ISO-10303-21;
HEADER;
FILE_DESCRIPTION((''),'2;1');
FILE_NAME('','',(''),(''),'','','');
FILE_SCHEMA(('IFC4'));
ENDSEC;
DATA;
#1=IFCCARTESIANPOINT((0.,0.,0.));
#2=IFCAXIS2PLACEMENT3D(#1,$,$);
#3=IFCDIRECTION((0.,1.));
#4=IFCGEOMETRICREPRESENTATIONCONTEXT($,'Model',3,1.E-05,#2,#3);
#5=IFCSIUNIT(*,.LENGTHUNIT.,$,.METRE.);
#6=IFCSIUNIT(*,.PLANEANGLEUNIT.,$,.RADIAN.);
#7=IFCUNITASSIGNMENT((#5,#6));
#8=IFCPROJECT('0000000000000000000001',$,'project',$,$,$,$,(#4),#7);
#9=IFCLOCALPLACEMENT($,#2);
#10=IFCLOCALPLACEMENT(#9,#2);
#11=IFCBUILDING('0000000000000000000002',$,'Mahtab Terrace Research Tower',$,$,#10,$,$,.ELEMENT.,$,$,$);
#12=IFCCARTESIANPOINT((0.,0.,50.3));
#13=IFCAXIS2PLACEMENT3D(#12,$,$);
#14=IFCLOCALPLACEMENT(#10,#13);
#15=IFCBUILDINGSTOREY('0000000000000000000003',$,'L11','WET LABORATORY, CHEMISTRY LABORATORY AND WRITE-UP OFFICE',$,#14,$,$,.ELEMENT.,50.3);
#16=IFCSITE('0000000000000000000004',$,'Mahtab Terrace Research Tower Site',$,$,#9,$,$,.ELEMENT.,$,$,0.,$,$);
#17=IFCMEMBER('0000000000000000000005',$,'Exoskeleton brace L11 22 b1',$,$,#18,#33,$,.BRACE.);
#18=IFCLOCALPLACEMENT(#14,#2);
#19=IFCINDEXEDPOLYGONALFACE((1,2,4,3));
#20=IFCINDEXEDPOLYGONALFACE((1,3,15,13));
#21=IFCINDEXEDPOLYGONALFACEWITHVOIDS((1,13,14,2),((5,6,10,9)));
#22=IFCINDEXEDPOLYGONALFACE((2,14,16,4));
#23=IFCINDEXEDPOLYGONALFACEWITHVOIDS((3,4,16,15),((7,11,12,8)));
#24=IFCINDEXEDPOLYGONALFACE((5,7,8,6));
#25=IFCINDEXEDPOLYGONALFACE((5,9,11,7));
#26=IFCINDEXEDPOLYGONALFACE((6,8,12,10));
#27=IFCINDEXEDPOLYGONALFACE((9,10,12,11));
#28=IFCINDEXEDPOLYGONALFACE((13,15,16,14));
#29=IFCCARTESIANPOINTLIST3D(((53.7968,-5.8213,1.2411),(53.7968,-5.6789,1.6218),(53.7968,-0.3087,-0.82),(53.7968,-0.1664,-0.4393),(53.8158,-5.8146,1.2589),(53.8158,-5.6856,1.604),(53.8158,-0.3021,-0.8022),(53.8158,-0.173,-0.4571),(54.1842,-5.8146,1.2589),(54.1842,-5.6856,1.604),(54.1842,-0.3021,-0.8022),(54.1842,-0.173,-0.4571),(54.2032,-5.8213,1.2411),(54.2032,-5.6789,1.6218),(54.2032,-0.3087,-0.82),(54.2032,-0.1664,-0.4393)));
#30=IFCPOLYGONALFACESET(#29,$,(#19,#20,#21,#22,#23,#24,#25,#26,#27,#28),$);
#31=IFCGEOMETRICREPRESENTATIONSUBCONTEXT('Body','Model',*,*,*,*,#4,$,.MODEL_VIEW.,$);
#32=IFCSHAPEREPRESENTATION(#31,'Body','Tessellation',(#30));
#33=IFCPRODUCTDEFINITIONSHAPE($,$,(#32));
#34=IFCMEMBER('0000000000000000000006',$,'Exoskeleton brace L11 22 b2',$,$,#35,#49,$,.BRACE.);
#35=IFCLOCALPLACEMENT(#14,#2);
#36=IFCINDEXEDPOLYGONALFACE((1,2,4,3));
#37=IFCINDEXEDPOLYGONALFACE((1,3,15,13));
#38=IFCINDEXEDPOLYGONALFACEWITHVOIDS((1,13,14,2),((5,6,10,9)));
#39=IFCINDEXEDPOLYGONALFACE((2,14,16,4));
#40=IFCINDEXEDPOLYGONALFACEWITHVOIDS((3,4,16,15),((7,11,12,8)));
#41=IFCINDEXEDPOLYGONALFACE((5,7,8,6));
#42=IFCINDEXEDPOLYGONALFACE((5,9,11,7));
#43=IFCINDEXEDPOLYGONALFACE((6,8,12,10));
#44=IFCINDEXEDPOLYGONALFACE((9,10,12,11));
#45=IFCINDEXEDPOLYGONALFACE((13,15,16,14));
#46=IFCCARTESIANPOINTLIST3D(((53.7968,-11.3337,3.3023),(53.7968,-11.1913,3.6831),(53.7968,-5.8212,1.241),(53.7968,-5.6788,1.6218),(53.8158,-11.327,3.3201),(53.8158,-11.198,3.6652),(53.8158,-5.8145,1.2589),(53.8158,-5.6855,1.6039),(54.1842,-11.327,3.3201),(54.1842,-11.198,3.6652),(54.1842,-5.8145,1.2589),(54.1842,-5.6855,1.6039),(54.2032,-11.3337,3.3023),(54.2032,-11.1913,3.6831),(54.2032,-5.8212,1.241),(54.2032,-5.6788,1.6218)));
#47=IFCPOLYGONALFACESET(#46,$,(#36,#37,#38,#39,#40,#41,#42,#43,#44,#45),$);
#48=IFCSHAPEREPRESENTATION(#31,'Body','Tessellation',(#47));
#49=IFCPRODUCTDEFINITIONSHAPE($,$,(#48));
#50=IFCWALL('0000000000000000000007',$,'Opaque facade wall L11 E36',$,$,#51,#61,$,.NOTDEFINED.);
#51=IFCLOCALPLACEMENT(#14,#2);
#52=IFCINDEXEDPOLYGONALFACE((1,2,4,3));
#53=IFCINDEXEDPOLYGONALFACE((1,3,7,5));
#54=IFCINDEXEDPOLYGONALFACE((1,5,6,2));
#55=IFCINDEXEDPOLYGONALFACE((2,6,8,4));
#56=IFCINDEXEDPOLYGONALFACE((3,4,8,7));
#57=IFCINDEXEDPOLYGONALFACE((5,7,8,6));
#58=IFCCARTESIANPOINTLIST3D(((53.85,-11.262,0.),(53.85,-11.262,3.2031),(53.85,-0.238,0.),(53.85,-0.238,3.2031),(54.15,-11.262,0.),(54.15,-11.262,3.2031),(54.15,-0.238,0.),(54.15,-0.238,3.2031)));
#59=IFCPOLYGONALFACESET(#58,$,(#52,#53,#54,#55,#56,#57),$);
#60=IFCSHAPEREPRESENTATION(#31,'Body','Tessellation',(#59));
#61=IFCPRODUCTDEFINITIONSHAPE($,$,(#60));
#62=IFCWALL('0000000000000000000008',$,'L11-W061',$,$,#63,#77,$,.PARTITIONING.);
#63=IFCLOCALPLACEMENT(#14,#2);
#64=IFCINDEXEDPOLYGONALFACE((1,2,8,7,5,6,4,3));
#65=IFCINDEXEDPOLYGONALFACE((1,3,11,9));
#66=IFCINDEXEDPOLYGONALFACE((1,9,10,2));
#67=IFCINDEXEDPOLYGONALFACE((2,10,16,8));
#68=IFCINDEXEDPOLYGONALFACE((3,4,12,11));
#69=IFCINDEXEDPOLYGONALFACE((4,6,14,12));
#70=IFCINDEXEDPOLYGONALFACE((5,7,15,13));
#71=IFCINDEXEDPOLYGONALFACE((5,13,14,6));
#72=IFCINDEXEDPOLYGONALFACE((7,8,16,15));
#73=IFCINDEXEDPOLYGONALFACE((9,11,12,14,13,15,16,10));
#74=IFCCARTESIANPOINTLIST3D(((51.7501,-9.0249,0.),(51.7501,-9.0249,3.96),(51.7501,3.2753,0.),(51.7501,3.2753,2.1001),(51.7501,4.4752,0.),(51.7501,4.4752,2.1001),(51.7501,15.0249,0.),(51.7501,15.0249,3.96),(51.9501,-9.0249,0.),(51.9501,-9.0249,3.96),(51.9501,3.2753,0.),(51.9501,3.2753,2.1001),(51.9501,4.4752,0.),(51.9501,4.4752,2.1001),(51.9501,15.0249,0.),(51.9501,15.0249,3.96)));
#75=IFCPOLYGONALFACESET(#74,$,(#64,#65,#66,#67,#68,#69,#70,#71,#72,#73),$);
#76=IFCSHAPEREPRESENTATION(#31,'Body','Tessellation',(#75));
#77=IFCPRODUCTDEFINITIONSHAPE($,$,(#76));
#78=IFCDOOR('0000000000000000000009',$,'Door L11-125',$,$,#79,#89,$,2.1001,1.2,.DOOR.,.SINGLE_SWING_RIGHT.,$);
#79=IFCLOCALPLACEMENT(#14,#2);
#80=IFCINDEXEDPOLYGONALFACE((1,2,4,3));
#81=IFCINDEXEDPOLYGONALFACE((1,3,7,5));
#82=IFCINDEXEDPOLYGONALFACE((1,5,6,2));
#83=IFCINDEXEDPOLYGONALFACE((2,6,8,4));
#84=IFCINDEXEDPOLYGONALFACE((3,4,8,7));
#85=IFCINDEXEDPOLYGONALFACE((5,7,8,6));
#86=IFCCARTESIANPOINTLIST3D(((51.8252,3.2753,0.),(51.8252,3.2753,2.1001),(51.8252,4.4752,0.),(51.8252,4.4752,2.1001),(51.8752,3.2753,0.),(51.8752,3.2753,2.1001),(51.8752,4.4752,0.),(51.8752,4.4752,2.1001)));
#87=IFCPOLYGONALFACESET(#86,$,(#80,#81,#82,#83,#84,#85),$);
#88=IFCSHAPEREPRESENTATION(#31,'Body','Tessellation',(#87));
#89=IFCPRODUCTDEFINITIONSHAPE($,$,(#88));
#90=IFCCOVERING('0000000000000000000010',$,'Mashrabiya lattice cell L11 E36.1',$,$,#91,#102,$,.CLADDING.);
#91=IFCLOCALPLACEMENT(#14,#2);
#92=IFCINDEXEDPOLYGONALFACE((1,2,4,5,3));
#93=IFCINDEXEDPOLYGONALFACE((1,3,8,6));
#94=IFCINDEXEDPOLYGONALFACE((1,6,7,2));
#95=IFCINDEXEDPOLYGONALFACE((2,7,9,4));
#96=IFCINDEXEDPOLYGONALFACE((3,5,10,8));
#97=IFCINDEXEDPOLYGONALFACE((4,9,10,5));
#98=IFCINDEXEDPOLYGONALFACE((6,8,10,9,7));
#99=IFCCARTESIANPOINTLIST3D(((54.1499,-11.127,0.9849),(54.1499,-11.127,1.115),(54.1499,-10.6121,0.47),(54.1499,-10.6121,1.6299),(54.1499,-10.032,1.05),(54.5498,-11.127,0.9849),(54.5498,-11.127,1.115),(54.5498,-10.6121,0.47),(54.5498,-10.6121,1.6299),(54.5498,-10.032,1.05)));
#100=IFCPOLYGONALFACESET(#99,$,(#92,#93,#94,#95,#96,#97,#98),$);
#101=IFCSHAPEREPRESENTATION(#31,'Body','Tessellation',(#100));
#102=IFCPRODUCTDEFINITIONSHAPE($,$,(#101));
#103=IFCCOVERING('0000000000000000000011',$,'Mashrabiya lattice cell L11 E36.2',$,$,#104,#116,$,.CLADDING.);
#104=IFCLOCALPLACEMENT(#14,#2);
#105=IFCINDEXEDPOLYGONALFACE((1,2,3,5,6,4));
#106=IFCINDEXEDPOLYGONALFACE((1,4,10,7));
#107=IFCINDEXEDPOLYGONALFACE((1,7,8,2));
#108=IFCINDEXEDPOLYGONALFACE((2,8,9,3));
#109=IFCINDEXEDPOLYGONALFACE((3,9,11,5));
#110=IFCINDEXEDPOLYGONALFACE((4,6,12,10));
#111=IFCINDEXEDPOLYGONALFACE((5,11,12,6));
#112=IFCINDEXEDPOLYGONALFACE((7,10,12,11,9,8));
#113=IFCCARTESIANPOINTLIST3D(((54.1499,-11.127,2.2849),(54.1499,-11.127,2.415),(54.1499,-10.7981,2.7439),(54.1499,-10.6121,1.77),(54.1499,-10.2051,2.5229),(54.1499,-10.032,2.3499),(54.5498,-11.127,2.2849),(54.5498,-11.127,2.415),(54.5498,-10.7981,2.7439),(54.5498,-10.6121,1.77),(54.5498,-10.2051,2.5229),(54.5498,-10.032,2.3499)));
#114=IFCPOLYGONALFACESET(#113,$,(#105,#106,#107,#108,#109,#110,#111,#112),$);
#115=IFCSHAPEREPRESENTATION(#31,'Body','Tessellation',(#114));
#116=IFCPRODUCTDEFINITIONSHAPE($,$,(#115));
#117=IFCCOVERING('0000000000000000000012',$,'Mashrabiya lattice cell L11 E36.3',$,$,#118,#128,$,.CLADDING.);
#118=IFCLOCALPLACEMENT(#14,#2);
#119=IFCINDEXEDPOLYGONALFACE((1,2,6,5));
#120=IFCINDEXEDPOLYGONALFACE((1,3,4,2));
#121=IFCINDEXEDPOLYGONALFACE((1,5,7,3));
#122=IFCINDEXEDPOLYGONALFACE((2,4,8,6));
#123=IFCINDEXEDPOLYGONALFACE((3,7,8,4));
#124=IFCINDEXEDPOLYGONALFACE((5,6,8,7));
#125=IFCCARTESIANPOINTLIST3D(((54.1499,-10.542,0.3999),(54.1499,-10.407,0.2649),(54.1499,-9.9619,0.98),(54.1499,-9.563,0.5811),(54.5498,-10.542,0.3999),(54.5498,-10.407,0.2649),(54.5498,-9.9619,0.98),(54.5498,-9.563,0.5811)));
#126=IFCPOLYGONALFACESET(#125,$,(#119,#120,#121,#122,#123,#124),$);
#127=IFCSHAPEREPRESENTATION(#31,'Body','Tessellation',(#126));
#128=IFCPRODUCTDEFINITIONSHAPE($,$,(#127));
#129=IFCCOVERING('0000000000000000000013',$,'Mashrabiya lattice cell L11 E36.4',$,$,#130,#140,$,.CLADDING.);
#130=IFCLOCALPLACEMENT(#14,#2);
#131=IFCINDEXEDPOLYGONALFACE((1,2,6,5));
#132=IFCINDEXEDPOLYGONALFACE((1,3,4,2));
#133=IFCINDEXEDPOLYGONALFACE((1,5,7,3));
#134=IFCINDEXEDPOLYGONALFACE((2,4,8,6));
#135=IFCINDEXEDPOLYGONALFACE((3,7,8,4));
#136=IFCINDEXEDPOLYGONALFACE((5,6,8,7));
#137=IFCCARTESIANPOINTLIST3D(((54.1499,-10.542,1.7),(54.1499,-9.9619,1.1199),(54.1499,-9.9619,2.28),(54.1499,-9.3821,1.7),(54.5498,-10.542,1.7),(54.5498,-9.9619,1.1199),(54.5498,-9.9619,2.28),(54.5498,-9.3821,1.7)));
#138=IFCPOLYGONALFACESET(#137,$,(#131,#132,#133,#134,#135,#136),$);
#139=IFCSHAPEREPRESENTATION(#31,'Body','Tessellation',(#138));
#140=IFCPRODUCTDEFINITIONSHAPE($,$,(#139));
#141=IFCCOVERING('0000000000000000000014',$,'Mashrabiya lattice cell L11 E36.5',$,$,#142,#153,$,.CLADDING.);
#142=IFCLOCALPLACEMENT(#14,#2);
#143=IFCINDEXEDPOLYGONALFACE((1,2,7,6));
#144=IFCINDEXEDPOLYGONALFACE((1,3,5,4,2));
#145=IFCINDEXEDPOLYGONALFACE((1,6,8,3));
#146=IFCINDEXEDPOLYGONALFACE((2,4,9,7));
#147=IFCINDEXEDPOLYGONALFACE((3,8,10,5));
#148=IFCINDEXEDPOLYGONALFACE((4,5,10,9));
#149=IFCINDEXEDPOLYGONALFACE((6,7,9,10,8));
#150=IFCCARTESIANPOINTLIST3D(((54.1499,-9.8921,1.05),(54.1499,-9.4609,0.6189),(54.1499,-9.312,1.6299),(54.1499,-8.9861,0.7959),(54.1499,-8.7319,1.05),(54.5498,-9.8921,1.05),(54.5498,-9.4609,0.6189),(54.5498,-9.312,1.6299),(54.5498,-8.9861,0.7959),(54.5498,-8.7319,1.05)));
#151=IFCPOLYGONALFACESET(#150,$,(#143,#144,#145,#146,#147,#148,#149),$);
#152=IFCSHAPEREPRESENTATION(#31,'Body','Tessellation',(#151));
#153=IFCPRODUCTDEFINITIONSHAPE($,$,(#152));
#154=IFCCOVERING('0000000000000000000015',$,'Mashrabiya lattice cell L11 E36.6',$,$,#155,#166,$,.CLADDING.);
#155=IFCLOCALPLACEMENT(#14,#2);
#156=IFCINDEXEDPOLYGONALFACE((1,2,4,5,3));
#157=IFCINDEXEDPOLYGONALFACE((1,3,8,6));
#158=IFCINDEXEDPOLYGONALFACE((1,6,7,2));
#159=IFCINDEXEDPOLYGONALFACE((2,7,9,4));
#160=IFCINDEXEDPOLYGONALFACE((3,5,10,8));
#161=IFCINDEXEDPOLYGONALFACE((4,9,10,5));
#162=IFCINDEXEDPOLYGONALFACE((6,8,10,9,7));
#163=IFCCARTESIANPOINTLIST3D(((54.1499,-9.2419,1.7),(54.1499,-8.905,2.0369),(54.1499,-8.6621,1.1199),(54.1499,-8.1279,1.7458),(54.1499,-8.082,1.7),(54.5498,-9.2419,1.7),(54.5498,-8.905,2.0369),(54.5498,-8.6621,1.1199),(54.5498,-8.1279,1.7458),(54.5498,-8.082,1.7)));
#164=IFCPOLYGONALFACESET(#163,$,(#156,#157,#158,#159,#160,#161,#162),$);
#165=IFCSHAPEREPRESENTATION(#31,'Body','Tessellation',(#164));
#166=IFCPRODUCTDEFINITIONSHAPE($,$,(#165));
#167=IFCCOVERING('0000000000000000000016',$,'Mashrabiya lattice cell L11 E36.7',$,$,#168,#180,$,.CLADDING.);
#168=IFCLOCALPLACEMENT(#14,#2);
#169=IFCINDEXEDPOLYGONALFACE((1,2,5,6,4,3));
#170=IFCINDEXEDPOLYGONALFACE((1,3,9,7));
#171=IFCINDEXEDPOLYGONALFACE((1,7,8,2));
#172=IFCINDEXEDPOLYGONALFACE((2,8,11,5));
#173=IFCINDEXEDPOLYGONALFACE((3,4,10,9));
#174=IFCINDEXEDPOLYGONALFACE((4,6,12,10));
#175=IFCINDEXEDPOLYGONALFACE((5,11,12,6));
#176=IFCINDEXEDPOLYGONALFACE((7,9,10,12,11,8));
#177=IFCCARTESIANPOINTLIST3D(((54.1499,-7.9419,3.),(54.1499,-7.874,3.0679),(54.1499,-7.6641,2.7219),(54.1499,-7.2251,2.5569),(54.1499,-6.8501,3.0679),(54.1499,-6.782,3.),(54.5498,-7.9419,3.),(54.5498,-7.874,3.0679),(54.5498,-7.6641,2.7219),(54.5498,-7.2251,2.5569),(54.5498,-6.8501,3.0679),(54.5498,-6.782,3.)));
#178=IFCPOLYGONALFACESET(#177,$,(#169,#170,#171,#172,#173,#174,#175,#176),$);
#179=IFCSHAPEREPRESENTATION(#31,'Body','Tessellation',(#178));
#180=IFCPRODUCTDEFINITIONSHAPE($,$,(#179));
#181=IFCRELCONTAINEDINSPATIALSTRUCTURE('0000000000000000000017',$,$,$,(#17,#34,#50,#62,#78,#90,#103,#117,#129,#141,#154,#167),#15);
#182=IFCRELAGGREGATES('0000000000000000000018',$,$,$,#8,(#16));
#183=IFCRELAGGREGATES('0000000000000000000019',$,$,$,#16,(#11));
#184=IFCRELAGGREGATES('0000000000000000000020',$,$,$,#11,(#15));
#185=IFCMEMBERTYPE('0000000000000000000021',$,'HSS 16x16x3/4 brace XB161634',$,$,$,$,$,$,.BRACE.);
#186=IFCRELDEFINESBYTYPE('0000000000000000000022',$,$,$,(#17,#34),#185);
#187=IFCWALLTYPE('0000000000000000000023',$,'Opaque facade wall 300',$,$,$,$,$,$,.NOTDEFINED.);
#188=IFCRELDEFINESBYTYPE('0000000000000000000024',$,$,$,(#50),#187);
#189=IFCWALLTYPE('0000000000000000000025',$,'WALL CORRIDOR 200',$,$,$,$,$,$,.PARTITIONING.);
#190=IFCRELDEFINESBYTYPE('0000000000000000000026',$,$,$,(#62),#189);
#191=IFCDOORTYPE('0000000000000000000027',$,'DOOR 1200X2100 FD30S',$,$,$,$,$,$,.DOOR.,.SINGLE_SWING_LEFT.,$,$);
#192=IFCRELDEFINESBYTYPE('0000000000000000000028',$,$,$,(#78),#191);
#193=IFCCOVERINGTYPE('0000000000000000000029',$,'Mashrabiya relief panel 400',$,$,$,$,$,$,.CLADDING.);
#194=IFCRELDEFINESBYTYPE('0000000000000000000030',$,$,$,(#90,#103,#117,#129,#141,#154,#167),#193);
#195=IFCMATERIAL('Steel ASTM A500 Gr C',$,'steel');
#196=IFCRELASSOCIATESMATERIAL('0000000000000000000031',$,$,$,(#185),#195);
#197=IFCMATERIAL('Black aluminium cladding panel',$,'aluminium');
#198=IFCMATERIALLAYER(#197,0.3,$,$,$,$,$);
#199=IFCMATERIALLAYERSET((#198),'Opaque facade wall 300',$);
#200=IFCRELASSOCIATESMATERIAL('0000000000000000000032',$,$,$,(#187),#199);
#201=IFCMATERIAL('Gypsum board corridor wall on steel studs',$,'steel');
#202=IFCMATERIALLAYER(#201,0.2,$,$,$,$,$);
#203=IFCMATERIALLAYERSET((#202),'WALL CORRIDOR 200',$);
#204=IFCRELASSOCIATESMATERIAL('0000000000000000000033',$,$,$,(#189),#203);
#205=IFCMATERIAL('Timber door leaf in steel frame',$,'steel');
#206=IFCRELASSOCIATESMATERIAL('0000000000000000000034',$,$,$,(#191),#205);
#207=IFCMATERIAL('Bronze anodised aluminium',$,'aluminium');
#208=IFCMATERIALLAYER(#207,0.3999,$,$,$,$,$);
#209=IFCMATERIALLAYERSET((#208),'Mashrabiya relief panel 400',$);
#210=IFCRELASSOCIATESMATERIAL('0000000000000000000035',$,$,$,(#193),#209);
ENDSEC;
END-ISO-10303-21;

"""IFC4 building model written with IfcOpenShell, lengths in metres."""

from ifc_helpers import new_model, si_unit, direction, frame, frame_2d, origin, origin_2d, place, context, subcontext, project, spatial, polyline, rectangle, hollow_rectangle, outline, extrude, material, layer, layer_set, material_profile, profile_set, type_object, element, fill, save


model = new_model("IFC4")

# Units and contexts
model_context = context("Model", 3, precision=1e-05, world=origin(), true_north=direction((0.0, 1.0)))
body_context = subcontext(model_context, "Body", "Model", "MODEL_VIEW")
ifc_project = project(units=[si_unit("LENGTHUNIT", "METRE"), si_unit("PLANEANGLEUNIT", "RADIAN")], contexts=[model_context])

# Site, building, storey
site_placement = place(None, origin())
site = spatial("IfcSite", under=ifc_project, at=site_placement, Name="Mahtab Terrace Research Tower Site", CompositionType="ELEMENT", RefElevation=0.0)
building_placement = place(site_placement, origin())
building = spatial("IfcBuilding", under=site, at=building_placement, Name="Mahtab Terrace Research Tower", CompositionType="ELEMENT")
storey_placement = place(building_placement, frame((0.0, 0.0, 50.3)))
storey = spatial("IfcBuildingStorey", under=building, at=storey_placement, Name="L11", Description="WET LABORATORY, CHEMISTRY LABORATORY AND WRITE-UP OFFICE", CompositionType="ELEMENT", Elevation=50.3)

# Members
ifc_material_1 = material(Name="Steel ASTM A500 Gr C", Category="steel")
ifc_material_profile = material_profile(ifc_material_1, hollow_rectangle(XDim=0.4065, YDim=0.4065, WallThickness=0.019, at=origin_2d()), Name="HSS16X16X3/4")
ifc_profile_set = profile_set([ifc_material_profile], Name="Steel ASTM A500 Gr C")
member_type = type_object("IfcMemberType", Name="HSS 16x16x3/4 brace XB161634", PredefinedType="BRACE", material=ifc_profile_set)
for number, where, z_axis, x_axis, name in (
    (1, (54.0, -0.2375, -0.6296), (0.0, -0.936671, 0.350209), (1.0, 0.0, 0.0), "Exoskeleton brace L11 22 b1"),
    (2, (54.0, -5.75, 1.4314), (0.0, -0.936658, 0.350246), (1.0, 0.0, 0.0), "Exoskeleton brace L11 22 b2"),
):
    element("IfcMember", number, at=place(storey_placement, frame(where, z_axis=z_axis, x_axis=x_axis)), inside=storey, type_object=member_type, Name=name, PredefinedType="BRACE", context=body_context, shape_type="SweptSolid", body=[
        extrude(hollow_rectangle(XDim=0.4065, YDim=0.4065, WallThickness=0.019, at=origin_2d()), origin(), (0.0, 0.0, 1.0), 5.8853),
    ])

# Wall
ifc_material_2 = material(Name="Black aluminium cladding panel", Category="aluminium")
ifc_layer_1 = layer(ifc_material_2, 0.3)
ifc_layer_set_1 = layer_set([ifc_layer_1], Name="Opaque facade wall 300")
wall_type_1 = type_object("IfcWallType", Name="Opaque facade wall 300", PredefinedType="NOTDEFINED", material=ifc_layer_set_1)
wall_1_placement = place(storey_placement, frame((54.0, -11.262, 0.0), z_axis=(0.0, 0.0, 1.0), x_axis=(0.0, 1.0, 0.0)))
element("IfcWall", 3, at=wall_1_placement, inside=storey, type_object=wall_type_1, Name="Opaque facade wall L11 E36", PredefinedType="NOTDEFINED", context=body_context, shape_type="SweptSolid", body=[
    extrude(rectangle(XDim=11.0239, YDim=0.3, at=frame_2d((5.512, 0.0))), origin(), (0.0, 0.0, 1.0), 3.2031),
])

# Wall, opening, door
ifc_material_3 = material(Name="Gypsum board corridor wall on steel studs", Category="steel")
ifc_layer_2 = layer(ifc_material_3, 0.2)
ifc_layer_set_2 = layer_set([ifc_layer_2], Name="WALL CORRIDOR 200")
wall_type_2 = type_object("IfcWallType", Name="WALL CORRIDOR 200", PredefinedType="PARTITIONING", material=ifc_layer_set_2)
wall_2_placement = place(storey_placement, frame((51.8501, -9.0249, 0.0), z_axis=(0.0, 0.0, 1.0), x_axis=(0.0, 1.0, 0.0)))
wall_2 = element("IfcWall", 4, at=wall_2_placement, inside=storey, type_object=wall_type_2, Name="L11-W061", PredefinedType="PARTITIONING", context=body_context, shape_type="SweptSolid", body=[
    extrude(rectangle(XDim=24.0498, YDim=0.2, at=frame_2d((12.0249, 0.0))), origin(), (0.0, 0.0, 1.0), 3.96),
])
opening_placement = place(wall_2_placement, frame((12.3, 0.0, 0.0)))
opening = element("IfcOpeningElement", 5, at=opening_placement, cuts=wall_2, PredefinedType="OPENING", context=body_context, shape_type="SweptSolid", body=[
    extrude(rectangle(XDim=1.2, YDim=2.1001, at=frame_2d((0.6001, 1.05))), frame((0.0, 0.1099, 0.0), z_axis=(0.0, -1.0, 0.0), x_axis=(1.0, 0.0, 0.0)), (0.0, 0.0, 1.0), 0.22),
])
ifc_material_4 = material(Name="Timber door leaf in steel frame", Category="steel")
door_type = type_object("IfcDoorType", Name="DOOR 1200X2100 FD30S", OperationType="SINGLE_SWING_LEFT", PredefinedType="DOOR", material=ifc_material_4)
door_placement = place(opening_placement, origin())
door = element("IfcDoor", 6, at=door_placement, inside=storey, type_object=door_type, Name="Door L11-125", OperationType="SINGLE_SWING_RIGHT", OverallHeight=2.1001, OverallWidth=1.2, PredefinedType="DOOR", context=body_context, shape_type="SweptSolid", body=[
    extrude(rectangle(XDim=1.2, YDim=2.1001, at=frame_2d((0.6001, 1.05))), frame((0.0, 0.0249, 0.0), z_axis=(0.0, -1.0, 0.0), x_axis=(1.0, 0.0, 0.0)), (0.0, 0.0, 1.0), 0.05),
])
fill(opening, door)

# Coverings
ifc_material_5 = material(Name="Bronze anodised aluminium", Category="aluminium")
ifc_layer_3 = layer(ifc_material_5, 0.3999)
ifc_layer_set_3 = layer_set([ifc_layer_3], Name="Mashrabiya relief panel 400")
covering_type = type_object("IfcCoveringType", Name="Mashrabiya relief panel 400", PredefinedType="CLADDING", material=ifc_layer_set_3)
covering_1_placement = place(storey_placement, frame((54.1499, -10.6121, 1.6299), z_axis=(-1.0, 0.0, 0.0), x_axis=(0.0, 0.707256, -0.706958)))
element("IfcCovering", 7, at=covering_1_placement, inside=storey, type_object=covering_type, Name="Mashrabiya lattice cell L11 E36.1", PredefinedType="CLADDING", context=body_context, shape_type="SweptSolid", body=[
    extrude(outline(polyline([(0.0, 0.0), (0.8202, 0.0), (0.82, 0.8204), (0.0918, 0.8202), (-0.0002, 0.7282), (0.0, 0.0)])), origin(), (0.0, 0.0, -1.0), 0.3999),
])
covering_2_placement = place(storey_placement, frame((54.1499, -10.032, 2.3499), z_axis=(-1.0, 0.0, 0.0), x_axis=(0.0, -0.707256, -0.706958)))
element("IfcCovering", 8, at=covering_2_placement, inside=storey, type_object=covering_type, Name="Mashrabiya lattice cell L11 E36.2", PredefinedType="CLADDING", context=body_context, shape_type="SweptSolid", body=[
    extrude(outline(polyline([(0.0, 0.0), (0.8202, 0.0), (0.8203, 0.7282), (0.7283, 0.8202), (0.2633, 0.8203), (0.0001, 0.2448), (0.0, 0.0)])), origin(), (0.0, 0.0, -1.0), 0.3999),
])
covering_3_placement = place(storey_placement, frame((54.1499, -10.542, 0.3999), z_axis=(-1.0, 0.0, 0.0), x_axis=(0.0, 0.707107, 0.707107)))
element("IfcCovering", 9, at=covering_3_placement, inside=storey, type_object=covering_type, Name="Mashrabiya lattice cell L11 E36.3", PredefinedType="CLADDING", context=body_context, shape_type="SweptSolid", body=[
    extrude(outline(polyline([(0.0, 0.0), (0.8204, 0.0), (0.8204, 0.5642), (0.0, 0.1909), (0.0, 0.0)])), origin(), (0.0, 0.0, -1.0), 0.3999),
])
covering_4_placement = place(storey_placement, frame((54.1499, -9.9619, 2.28), z_axis=(-1.0, 0.0, 0.0), x_axis=(0.0, 0.706958, -0.707256)))
element("IfcCovering", 10, at=covering_4_placement, inside=storey, type_object=covering_type, Name="Mashrabiya lattice cell L11 E36.4", PredefinedType="CLADDING", context=body_context, shape_type="SweptSolid", body=[
    extrude(outline(polyline([(0.0, 0.0), (0.8202, 0.0), (0.8205, 0.8202), (0.0002, 0.8204), (0.0, 0.0)])), origin(), (0.0, 0.0, -1.0), 0.3999),
])
covering_5_placement = place(storey_placement, frame((54.1499, -9.8921, 1.05), z_axis=(-1.0, 0.0, 0.0), x_axis=(0.0, 0.707256, 0.706958)))
element("IfcCovering", 11, at=covering_5_placement, inside=storey, type_object=covering_type, Name="Mashrabiya lattice cell L11 E36.5", PredefinedType="CLADDING", context=body_context, shape_type="SweptSolid", body=[
    extrude(outline(polyline([(0.0, 0.0), (0.8202, 0.0), (0.8205, 0.8202), (0.4611, 0.8203), (0.0001, 0.6097), (0.0, 0.0)])), origin(), (0.0, 0.0, -1.0), 0.3999),
])
covering_6_placement = place(storey_placement, frame((54.1499, -8.082, 1.7), z_axis=(-1.0, 0.0, 0.0), x_axis=(0.0, -0.707107, -0.707107)))
element("IfcCovering", 12, at=covering_6_placement, inside=storey, type_object=covering_type, Name="Mashrabiya lattice cell L11 E36.6", PredefinedType="CLADDING", context=body_context, shape_type="SweptSolid", body=[
    extrude(outline(polyline([(0.0, 0.0), (0.8204, 0.0), (0.8202, 0.8202), (0.3437, 0.8202), (0.0, 0.0649), (0.0, 0.0)])), origin(), (0.0, 0.0, -1.0), 0.3999),
])
covering_7_placement = place(storey_placement, frame((54.1499, -7.9419, 3.0), z_axis=(-1.0, 0.0, 0.0), x_axis=(0.0, 0.707107, 0.707107)))
element("IfcCovering", 13, at=covering_7_placement, inside=storey, type_object=covering_type, Name="Mashrabiya lattice cell L11 E36.7", PredefinedType="CLADDING", context=body_context, shape_type="SweptSolid", body=[
    extrude(outline(polyline([(0.0, 0.0), (0.096, 0.0), (0.82, 0.724), (0.8202, 0.8202), (0.1935, 0.8202), (-0.0002, 0.3931), (0.0, 0.0)])), origin(), (0.0, 0.0, -1.0), 0.3999),
])

save(model, "model.ifc")
